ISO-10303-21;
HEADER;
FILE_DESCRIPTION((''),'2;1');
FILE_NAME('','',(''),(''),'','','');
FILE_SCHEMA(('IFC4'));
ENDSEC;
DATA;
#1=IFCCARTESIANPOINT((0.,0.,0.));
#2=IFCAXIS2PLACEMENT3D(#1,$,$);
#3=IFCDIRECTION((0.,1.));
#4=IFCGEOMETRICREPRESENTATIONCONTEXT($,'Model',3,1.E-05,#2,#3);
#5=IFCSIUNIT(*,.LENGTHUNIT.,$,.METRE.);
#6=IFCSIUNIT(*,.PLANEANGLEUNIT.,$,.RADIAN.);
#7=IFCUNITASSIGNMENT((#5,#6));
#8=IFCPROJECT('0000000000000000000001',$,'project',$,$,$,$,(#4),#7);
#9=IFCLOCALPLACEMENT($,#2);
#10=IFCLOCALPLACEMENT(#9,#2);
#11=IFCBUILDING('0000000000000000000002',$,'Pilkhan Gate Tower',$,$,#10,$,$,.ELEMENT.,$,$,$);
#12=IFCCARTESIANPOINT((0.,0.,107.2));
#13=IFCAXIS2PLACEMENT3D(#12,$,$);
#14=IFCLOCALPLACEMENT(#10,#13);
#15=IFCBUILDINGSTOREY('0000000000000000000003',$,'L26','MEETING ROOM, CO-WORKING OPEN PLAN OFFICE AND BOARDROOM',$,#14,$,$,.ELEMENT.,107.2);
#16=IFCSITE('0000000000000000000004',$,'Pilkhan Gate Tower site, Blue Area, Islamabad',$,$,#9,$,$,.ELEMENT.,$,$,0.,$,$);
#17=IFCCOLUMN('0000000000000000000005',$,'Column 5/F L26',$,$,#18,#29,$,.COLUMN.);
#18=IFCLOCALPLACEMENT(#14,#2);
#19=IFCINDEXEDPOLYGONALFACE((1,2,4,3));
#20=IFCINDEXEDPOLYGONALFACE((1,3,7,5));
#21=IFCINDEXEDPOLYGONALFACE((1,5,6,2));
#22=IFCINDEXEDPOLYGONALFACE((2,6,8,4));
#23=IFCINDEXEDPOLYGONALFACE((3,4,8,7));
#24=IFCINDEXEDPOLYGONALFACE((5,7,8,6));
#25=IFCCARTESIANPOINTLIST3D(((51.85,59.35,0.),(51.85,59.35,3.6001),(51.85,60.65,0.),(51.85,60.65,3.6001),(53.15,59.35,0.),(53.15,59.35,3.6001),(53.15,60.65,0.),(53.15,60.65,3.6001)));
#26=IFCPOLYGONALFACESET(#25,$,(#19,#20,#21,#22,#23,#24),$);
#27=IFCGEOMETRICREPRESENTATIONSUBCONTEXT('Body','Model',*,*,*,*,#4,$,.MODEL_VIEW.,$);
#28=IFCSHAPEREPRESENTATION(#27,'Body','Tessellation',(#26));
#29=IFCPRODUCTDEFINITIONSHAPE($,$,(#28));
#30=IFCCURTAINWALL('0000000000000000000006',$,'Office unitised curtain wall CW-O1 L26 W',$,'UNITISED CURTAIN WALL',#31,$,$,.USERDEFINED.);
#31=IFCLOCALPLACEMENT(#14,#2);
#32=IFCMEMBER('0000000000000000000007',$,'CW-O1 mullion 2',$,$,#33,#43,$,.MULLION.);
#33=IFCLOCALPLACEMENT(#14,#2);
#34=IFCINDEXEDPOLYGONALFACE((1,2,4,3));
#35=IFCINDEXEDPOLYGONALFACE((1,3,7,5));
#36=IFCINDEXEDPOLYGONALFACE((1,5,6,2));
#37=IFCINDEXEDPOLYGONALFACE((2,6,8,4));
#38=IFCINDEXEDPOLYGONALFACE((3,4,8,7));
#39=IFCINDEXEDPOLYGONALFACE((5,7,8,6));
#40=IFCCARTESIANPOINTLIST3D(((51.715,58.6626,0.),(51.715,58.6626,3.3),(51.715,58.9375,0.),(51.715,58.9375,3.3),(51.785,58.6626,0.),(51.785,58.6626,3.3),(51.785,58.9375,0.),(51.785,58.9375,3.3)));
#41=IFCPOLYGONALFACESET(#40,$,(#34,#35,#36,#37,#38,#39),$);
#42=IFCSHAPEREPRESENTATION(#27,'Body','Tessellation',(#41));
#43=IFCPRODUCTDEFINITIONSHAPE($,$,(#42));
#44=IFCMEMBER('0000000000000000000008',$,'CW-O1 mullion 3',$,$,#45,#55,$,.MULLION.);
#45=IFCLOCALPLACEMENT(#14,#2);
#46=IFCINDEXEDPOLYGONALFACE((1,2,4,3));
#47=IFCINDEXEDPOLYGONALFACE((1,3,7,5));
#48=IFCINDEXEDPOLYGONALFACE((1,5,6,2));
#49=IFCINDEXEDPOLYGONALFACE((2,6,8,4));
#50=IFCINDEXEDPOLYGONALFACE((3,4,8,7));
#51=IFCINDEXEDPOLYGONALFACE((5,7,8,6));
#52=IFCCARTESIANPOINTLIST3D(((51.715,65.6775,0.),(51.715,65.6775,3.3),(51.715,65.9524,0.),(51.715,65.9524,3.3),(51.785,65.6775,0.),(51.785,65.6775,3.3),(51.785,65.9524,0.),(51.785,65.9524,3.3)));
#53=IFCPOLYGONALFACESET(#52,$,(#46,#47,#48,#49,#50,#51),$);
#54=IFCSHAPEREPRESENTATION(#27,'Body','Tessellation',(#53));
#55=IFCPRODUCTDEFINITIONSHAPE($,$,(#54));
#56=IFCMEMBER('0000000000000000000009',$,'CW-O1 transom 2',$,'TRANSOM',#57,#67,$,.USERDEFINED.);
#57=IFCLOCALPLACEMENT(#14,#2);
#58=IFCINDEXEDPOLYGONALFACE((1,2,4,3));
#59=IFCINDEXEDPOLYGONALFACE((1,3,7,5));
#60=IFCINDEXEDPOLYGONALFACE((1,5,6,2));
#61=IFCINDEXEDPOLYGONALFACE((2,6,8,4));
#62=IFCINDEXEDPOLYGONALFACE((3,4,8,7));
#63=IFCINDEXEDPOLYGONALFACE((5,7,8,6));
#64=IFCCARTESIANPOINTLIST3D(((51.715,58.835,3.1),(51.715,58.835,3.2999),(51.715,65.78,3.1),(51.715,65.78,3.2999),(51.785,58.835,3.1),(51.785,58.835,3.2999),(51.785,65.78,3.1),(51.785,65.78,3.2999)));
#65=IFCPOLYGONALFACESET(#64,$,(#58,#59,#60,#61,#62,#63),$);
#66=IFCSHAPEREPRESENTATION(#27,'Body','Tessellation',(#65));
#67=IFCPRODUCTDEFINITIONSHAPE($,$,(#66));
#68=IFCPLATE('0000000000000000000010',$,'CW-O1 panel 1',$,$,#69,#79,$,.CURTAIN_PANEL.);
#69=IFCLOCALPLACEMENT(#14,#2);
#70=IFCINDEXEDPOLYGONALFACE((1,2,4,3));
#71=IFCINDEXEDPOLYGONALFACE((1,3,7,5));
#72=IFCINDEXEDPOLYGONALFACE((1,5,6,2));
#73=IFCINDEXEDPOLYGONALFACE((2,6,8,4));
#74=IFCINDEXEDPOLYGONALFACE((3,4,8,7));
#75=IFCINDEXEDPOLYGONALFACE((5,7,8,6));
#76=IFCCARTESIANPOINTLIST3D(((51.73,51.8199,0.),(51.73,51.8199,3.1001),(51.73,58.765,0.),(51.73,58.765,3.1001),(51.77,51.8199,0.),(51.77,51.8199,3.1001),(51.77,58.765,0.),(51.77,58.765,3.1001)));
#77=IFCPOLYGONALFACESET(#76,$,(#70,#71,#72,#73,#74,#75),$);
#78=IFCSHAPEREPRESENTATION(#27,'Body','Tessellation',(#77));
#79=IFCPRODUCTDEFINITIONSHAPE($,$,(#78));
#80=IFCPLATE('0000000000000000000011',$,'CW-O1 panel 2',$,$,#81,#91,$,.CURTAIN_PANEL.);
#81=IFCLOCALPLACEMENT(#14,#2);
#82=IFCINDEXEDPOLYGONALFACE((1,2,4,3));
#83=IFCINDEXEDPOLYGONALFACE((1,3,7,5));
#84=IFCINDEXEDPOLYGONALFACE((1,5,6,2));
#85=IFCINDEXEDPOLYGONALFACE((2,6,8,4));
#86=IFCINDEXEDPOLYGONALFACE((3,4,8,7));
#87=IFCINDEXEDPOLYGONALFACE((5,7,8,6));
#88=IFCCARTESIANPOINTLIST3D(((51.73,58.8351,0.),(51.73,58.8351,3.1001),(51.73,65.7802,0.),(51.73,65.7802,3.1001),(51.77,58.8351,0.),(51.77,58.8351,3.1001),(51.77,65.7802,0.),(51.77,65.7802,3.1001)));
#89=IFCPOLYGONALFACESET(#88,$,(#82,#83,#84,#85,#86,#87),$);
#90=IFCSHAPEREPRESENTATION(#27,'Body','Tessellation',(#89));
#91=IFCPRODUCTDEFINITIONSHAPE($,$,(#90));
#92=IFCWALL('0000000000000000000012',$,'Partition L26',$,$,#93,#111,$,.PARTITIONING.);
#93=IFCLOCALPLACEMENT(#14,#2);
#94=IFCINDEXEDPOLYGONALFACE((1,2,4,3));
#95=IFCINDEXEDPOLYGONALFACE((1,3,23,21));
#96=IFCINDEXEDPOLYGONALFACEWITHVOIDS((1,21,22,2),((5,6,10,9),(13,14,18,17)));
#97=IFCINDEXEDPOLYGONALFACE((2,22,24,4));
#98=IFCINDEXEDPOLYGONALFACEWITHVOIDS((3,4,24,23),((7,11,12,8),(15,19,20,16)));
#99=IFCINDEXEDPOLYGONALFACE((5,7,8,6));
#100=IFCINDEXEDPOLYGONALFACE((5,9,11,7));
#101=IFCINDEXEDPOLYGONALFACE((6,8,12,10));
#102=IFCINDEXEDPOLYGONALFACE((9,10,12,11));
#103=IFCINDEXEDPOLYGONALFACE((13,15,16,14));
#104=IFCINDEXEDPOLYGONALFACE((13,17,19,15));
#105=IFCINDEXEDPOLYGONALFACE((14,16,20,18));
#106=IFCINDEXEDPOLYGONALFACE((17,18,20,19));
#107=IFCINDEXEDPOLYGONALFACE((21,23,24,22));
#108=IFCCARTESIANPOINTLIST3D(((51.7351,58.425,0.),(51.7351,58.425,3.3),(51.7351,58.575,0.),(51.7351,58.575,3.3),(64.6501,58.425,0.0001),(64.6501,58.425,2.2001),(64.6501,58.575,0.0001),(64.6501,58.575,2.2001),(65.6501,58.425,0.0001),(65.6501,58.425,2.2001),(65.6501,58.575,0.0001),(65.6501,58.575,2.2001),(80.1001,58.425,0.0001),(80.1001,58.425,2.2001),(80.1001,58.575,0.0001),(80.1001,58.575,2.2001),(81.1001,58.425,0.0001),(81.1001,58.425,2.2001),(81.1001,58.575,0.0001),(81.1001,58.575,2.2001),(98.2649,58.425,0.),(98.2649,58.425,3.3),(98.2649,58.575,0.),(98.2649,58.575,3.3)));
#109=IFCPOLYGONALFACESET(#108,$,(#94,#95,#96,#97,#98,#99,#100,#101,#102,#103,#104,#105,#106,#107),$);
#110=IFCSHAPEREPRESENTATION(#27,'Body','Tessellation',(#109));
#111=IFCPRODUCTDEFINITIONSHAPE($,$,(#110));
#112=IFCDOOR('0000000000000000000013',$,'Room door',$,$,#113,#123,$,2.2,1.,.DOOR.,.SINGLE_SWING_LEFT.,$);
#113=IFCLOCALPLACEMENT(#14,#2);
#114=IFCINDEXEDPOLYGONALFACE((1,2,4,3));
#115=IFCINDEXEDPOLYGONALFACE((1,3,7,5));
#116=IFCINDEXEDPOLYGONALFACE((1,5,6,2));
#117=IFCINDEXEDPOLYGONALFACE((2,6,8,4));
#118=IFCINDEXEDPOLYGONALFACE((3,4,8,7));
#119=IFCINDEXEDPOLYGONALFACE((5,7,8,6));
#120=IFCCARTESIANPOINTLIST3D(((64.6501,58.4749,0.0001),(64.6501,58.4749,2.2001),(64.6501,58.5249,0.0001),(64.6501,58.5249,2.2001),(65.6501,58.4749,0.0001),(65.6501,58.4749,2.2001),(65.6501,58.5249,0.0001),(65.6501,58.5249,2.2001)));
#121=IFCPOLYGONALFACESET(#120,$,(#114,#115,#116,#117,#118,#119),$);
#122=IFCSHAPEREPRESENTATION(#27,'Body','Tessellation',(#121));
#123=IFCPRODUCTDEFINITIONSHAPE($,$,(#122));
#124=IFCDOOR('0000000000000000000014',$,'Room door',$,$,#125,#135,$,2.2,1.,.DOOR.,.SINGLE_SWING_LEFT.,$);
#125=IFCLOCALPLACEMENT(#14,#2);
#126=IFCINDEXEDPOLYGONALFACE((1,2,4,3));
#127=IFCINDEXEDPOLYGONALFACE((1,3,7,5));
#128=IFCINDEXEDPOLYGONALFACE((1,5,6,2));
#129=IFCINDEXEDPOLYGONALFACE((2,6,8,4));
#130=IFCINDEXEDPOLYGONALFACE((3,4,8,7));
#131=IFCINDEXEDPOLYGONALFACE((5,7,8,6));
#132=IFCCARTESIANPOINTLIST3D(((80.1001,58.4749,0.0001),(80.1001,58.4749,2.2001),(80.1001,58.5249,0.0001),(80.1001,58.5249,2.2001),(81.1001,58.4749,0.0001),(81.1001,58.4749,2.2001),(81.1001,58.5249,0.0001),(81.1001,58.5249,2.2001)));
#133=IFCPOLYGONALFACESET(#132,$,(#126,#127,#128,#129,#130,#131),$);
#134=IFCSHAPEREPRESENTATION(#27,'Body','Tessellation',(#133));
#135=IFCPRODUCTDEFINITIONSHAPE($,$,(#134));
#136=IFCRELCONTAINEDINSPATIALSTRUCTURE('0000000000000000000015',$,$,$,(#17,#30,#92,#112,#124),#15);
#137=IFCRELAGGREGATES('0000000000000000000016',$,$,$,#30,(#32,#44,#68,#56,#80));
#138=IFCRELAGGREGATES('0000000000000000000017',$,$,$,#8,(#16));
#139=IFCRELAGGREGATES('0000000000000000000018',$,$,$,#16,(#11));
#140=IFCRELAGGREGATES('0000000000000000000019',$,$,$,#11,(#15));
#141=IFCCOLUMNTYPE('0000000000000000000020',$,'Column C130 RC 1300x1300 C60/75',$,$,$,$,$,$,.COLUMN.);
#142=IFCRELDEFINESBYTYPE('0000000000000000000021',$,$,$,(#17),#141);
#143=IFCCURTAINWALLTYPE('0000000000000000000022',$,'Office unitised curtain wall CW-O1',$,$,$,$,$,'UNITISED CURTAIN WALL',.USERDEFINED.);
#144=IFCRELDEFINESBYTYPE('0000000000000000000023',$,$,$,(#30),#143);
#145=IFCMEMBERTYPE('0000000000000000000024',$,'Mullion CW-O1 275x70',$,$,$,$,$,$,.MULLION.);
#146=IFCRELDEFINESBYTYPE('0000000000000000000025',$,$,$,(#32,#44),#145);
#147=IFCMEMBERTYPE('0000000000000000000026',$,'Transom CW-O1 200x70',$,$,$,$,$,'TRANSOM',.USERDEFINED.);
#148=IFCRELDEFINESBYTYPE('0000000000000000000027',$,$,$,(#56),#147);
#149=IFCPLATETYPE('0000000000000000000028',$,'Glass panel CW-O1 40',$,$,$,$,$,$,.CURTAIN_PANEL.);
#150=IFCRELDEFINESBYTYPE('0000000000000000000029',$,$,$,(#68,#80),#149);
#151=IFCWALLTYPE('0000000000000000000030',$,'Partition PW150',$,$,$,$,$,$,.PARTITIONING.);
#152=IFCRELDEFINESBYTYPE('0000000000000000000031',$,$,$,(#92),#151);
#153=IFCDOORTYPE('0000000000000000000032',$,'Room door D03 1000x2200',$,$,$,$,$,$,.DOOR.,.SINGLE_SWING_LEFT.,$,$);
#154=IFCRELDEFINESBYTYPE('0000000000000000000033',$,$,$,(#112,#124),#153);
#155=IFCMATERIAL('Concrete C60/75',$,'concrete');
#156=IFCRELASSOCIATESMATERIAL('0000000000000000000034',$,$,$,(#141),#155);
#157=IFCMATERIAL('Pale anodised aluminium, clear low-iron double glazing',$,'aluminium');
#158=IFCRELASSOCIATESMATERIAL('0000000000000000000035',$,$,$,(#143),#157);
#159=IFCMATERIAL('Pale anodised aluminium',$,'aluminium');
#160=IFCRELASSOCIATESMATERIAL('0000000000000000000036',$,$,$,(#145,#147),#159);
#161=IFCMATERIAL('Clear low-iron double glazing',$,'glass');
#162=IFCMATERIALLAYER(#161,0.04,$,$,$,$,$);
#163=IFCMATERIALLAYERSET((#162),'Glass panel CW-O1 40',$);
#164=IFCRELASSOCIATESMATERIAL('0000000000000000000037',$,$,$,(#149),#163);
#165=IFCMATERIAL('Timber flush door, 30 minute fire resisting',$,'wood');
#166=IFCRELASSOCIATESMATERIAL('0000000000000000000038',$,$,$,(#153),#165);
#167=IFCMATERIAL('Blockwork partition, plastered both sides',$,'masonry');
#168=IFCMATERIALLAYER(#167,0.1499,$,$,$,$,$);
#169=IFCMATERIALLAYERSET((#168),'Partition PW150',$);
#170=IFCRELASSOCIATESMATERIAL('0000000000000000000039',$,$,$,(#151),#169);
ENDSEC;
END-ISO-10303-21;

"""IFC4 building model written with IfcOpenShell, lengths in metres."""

from ifc_helpers import new_model, si_unit, direction, frame, frame_2d, origin, origin_2d, place, context, subcontext, project, spatial, rectangle, extrude, material, layer, layer_set, material_profile, profile_set, type_object, element, fill, aggregate, save


model = new_model("IFC4")

# Units and contexts
model_context = context("Model", 3, precision=1e-05, world=origin(), true_north=direction((0.0, 1.0)))
body_context = subcontext(model_context, "Body", "Model", "MODEL_VIEW")
ifc_project = project(units=[si_unit("LENGTHUNIT", "METRE"), si_unit("PLANEANGLEUNIT", "RADIAN")], contexts=[model_context])

# Site, building, storey
site_placement = place(None, origin())
site = spatial("IfcSite", under=ifc_project, at=site_placement, Name="Pilkhan Gate Tower site, Blue Area, Islamabad", CompositionType="ELEMENT", RefElevation=0.0)
building_placement = place(site_placement, origin())
building = spatial("IfcBuilding", under=site, at=building_placement, Name="Pilkhan Gate Tower", CompositionType="ELEMENT")
storey_placement = place(building_placement, frame((0.0, 0.0, 107.2)))
storey = spatial("IfcBuildingStorey", under=building, at=storey_placement, Name="L26", Description="MEETING ROOM, CO-WORKING OPEN PLAN OFFICE AND BOARDROOM", CompositionType="ELEMENT", Elevation=107.2)

# Column
ifc_material_1 = material(Name="Concrete C60/75", Category="concrete")
ifc_material_profile_1 = material_profile(ifc_material_1, rectangle(XDim=1.3, YDim=1.3, at=origin_2d()), Name="RC 1300x1300")
ifc_profile_set_1 = profile_set([ifc_material_profile_1], Name="Concrete C60/75")
column_type = type_object("IfcColumnType", Name="Column C130 RC 1300x1300 C60/75", PredefinedType="COLUMN", material=ifc_profile_set_1)
column_placement = place(storey_placement, frame((52.5, 60.0, 0.0), z_axis=(0.0, 0.0, 1.0), x_axis=(1.0, 0.0, 0.0)))
element("IfcColumn", 1, at=column_placement, inside=storey, type_object=column_type, Name="Column 5/F L26", PredefinedType="COLUMN", context=body_context, shape_type="SweptSolid", body=[
    extrude(rectangle(XDim=1.3, YDim=1.3, at=origin_2d()), origin(), (0.0, 0.0, 1.0), 3.6001),
])

# Curtain wall, members, plates
ifc_material_2 = material(Name="Pale anodised aluminium, clear low-iron double glazing", Category="aluminium")
curtain_wall_type = type_object("IfcCurtainWallType", Name="Office unitised curtain wall CW-O1", ElementType="UNITISED CURTAIN WALL", PredefinedType="USERDEFINED", material=ifc_material_2)
curtain_wall_placement = place(storey_placement, origin())
curtain_wall = element("IfcCurtainWall", 2, at=curtain_wall_placement, inside=storey, type_object=curtain_wall_type, Name="Office unitised curtain wall CW-O1 L26 W", ObjectType="UNITISED CURTAIN WALL", PredefinedType="USERDEFINED")
ifc_material_3 = material(Name="Pale anodised aluminium", Category="aluminium")
ifc_material_profile_2 = material_profile(ifc_material_3, rectangle(XDim=0.0701, YDim=0.2749, at=origin_2d()), Name="Mullion 275x70")
ifc_profile_set_2 = profile_set([ifc_material_profile_2], Name="Pale anodised aluminium")
member_type_1 = type_object("IfcMemberType", Name="Mullion CW-O1 275x70", PredefinedType="MULLION", material=ifc_profile_set_2)
member_1_placement = place(storey_placement, frame((51.75, 58.8, 0.0), z_axis=(0.0, 0.0, 1.0), x_axis=(-1.0, 0.0, 0.0)))
member_1 = element("IfcMember", 3, at=member_1_placement, type_object=member_type_1, Name="CW-O1 mullion 2", PredefinedType="MULLION", context=body_context, shape_type="SweptSolid", body=[
    extrude(rectangle(XDim=0.0701, YDim=0.2749, at=origin_2d()), origin(), (0.0, 0.0, 1.0), 3.3),
])
member_2_placement = place(storey_placement, frame((51.75, 65.8149, 0.0), z_axis=(0.0, 0.0, 1.0), x_axis=(-1.0, 0.0, 0.0)))
member_2 = element("IfcMember", 4, at=member_2_placement, type_object=member_type_1, Name="CW-O1 mullion 3", PredefinedType="MULLION", context=body_context, shape_type="SweptSolid", body=[
    extrude(rectangle(XDim=0.0701, YDim=0.2749, at=origin_2d()), origin(), (0.0, 0.0, 1.0), 3.3),
])
ifc_material_profile_3 = material_profile(ifc_material_3, rectangle(XDim=0.0701, YDim=0.2, at=origin_2d()), Name="Transom 200x70")
ifc_profile_set_3 = profile_set([ifc_material_profile_3], Name="Pale anodised aluminium")
member_type_2 = type_object("IfcMemberType", Name="Transom CW-O1 200x70", ElementType="TRANSOM", PredefinedType="USERDEFINED", material=ifc_profile_set_3)
member_3_placement = place(storey_placement, frame((51.75, 58.835, 3.2), z_axis=(0.0, 1.0, 0.0), x_axis=(-1.0, 0.0, 0.0)))
member_3 = element("IfcMember", 5, at=member_3_placement, type_object=member_type_2, Name="CW-O1 transom 2", ObjectType="TRANSOM", PredefinedType="USERDEFINED", context=body_context, shape_type="SweptSolid", body=[
    extrude(rectangle(XDim=0.0701, YDim=0.2, at=origin_2d()), origin(), (0.0, 0.0, 1.0), 6.9451),
])
ifc_material_4 = material(Name="Clear low-iron double glazing", Category="glass")
ifc_layer_1 = layer(ifc_material_4, 0.04)
ifc_layer_set_1 = layer_set([ifc_layer_1], Name="Glass panel CW-O1 40")
plate_type = type_object("IfcPlateType", Name="Glass panel CW-O1 40", PredefinedType="CURTAIN_PANEL", material=ifc_layer_set_1)
plate_1_placement = place(storey_placement, frame((51.75, 55.2925, 0.0), z_axis=(0.0, 0.0, 1.0), x_axis=(0.0, 1.0, 0.0)))
plate_1 = element("IfcPlate", 6, at=plate_1_placement, type_object=plate_type, Name="CW-O1 panel 1", PredefinedType="CURTAIN_PANEL", context=body_context, shape_type="SweptSolid", body=[
    extrude(rectangle(XDim=6.9451, YDim=0.04, at=origin_2d()), origin(), (0.0, 0.0, 1.0), 3.1001),
])
plate_2_placement = place(storey_placement, frame((51.75, 62.3076, 0.0), z_axis=(0.0, 0.0, 1.0), x_axis=(0.0, 1.0, 0.0)))
plate_2 = element("IfcPlate", 7, at=plate_2_placement, type_object=plate_type, Name="CW-O1 panel 2", PredefinedType="CURTAIN_PANEL", context=body_context, shape_type="SweptSolid", body=[
    extrude(rectangle(XDim=6.9451, YDim=0.04, at=origin_2d()), origin(), (0.0, 0.0, 1.0), 3.1001),
])
aggregate(curtain_wall, [member_1, member_2, plate_1, member_3, plate_2])

# Wall, openings, doors
ifc_material_5 = material(Name="Timber flush door, 30 minute fire resisting", Category="wood")
door_type_1 = type_object("IfcDoorType", Name="Room door D03 1000x2200", OperationType="SINGLE_SWING_LEFT", PredefinedType="DOOR", material=ifc_material_5)
ifc_material_6 = material(Name="Blockwork partition, plastered both sides", Category="masonry")
ifc_layer_2 = layer(ifc_material_6, 0.1499)
ifc_layer_set_2 = layer_set([ifc_layer_2], Name="Partition PW150")
wall_type_1 = type_object("IfcWallType", Name="Partition PW150", PredefinedType="PARTITIONING", material=ifc_layer_set_2)
wall_1_placement = place(storey_placement, frame((51.7351, 58.5, 0.0), z_axis=(0.0, 0.0, 1.0), x_axis=(1.0, 0.0, 0.0)))
wall_1 = element("IfcWall", 8, at=wall_1_placement, inside=storey, type_object=wall_type_1, Name="Partition L26", PredefinedType="PARTITIONING", context=body_context, shape_type="SweptSolid", body=[
    extrude(rectangle(XDim=46.5298, YDim=0.1499, at=frame_2d((23.2649, 0.0))), origin(), (0.0, 0.0, 1.0), 3.3),
])
opening_1_placement = place(wall_1_placement, frame((12.915, 0.0, 0.0)))
opening_1 = element("IfcOpeningElement", 9, at=opening_1_placement, cuts=wall_1, PredefinedType="OPENING", context=body_context, shape_type="SweptSolid", body=[
    extrude(rectangle(XDim=1.0, YDim=2.2, at=frame_2d((0.5, 1.1001))), frame((0.0, 0.085, 0.0), z_axis=(0.0, -1.0, 0.0), x_axis=(1.0, 0.0, 0.0)), (0.0, 0.0, 1.0), 0.1699),
])
opening_2_placement = place(wall_1_placement, frame((28.365, 0.0, 0.0)))
opening_2 = element("IfcOpeningElement", 10, at=opening_2_placement, cuts=wall_1, PredefinedType="OPENING", context=body_context, shape_type="SweptSolid", body=[
    extrude(rectangle(XDim=1.0, YDim=2.2, at=frame_2d((0.5, 1.1001))), frame((0.0, 0.085, 0.0), z_axis=(0.0, -1.0, 0.0), x_axis=(1.0, 0.0, 0.0)), (0.0, 0.0, 1.0), 0.1699),
])
door_1_placement = place(opening_1_placement, origin())
door_1 = element("IfcDoor", 11, at=door_1_placement, inside=storey, type_object=door_type_1, Name="Room door", OperationType="SINGLE_SWING_LEFT", OverallHeight=2.2, OverallWidth=1.0, PredefinedType="DOOR", context=body_context, shape_type="SweptSolid", body=[
    extrude(rectangle(XDim=1.0, YDim=2.2, at=frame_2d((0.5, 1.1001))), frame((0.0, 0.0249, 0.0), z_axis=(0.0, -1.0, 0.0), x_axis=(1.0, 0.0, 0.0)), (0.0, 0.0, 1.0), 0.05),
])
fill(opening_1, door_1)
door_2_placement = place(opening_2_placement, origin())
door_2 = element("IfcDoor", 12, at=door_2_placement, inside=storey, type_object=door_type_1, Name="Room door", OperationType="SINGLE_SWING_LEFT", OverallHeight=2.2, OverallWidth=1.0, PredefinedType="DOOR", context=body_context, shape_type="SweptSolid", body=[
    extrude(rectangle(XDim=1.0, YDim=2.2, at=frame_2d((0.5, 1.1001))), frame((0.0, 0.0249, 0.0), z_axis=(0.0, -1.0, 0.0), x_axis=(1.0, 0.0, 0.0)), (0.0, 0.0, 1.0), 0.05),
])
fill(opening_2, door_2)

save(model, "model.ifc")
